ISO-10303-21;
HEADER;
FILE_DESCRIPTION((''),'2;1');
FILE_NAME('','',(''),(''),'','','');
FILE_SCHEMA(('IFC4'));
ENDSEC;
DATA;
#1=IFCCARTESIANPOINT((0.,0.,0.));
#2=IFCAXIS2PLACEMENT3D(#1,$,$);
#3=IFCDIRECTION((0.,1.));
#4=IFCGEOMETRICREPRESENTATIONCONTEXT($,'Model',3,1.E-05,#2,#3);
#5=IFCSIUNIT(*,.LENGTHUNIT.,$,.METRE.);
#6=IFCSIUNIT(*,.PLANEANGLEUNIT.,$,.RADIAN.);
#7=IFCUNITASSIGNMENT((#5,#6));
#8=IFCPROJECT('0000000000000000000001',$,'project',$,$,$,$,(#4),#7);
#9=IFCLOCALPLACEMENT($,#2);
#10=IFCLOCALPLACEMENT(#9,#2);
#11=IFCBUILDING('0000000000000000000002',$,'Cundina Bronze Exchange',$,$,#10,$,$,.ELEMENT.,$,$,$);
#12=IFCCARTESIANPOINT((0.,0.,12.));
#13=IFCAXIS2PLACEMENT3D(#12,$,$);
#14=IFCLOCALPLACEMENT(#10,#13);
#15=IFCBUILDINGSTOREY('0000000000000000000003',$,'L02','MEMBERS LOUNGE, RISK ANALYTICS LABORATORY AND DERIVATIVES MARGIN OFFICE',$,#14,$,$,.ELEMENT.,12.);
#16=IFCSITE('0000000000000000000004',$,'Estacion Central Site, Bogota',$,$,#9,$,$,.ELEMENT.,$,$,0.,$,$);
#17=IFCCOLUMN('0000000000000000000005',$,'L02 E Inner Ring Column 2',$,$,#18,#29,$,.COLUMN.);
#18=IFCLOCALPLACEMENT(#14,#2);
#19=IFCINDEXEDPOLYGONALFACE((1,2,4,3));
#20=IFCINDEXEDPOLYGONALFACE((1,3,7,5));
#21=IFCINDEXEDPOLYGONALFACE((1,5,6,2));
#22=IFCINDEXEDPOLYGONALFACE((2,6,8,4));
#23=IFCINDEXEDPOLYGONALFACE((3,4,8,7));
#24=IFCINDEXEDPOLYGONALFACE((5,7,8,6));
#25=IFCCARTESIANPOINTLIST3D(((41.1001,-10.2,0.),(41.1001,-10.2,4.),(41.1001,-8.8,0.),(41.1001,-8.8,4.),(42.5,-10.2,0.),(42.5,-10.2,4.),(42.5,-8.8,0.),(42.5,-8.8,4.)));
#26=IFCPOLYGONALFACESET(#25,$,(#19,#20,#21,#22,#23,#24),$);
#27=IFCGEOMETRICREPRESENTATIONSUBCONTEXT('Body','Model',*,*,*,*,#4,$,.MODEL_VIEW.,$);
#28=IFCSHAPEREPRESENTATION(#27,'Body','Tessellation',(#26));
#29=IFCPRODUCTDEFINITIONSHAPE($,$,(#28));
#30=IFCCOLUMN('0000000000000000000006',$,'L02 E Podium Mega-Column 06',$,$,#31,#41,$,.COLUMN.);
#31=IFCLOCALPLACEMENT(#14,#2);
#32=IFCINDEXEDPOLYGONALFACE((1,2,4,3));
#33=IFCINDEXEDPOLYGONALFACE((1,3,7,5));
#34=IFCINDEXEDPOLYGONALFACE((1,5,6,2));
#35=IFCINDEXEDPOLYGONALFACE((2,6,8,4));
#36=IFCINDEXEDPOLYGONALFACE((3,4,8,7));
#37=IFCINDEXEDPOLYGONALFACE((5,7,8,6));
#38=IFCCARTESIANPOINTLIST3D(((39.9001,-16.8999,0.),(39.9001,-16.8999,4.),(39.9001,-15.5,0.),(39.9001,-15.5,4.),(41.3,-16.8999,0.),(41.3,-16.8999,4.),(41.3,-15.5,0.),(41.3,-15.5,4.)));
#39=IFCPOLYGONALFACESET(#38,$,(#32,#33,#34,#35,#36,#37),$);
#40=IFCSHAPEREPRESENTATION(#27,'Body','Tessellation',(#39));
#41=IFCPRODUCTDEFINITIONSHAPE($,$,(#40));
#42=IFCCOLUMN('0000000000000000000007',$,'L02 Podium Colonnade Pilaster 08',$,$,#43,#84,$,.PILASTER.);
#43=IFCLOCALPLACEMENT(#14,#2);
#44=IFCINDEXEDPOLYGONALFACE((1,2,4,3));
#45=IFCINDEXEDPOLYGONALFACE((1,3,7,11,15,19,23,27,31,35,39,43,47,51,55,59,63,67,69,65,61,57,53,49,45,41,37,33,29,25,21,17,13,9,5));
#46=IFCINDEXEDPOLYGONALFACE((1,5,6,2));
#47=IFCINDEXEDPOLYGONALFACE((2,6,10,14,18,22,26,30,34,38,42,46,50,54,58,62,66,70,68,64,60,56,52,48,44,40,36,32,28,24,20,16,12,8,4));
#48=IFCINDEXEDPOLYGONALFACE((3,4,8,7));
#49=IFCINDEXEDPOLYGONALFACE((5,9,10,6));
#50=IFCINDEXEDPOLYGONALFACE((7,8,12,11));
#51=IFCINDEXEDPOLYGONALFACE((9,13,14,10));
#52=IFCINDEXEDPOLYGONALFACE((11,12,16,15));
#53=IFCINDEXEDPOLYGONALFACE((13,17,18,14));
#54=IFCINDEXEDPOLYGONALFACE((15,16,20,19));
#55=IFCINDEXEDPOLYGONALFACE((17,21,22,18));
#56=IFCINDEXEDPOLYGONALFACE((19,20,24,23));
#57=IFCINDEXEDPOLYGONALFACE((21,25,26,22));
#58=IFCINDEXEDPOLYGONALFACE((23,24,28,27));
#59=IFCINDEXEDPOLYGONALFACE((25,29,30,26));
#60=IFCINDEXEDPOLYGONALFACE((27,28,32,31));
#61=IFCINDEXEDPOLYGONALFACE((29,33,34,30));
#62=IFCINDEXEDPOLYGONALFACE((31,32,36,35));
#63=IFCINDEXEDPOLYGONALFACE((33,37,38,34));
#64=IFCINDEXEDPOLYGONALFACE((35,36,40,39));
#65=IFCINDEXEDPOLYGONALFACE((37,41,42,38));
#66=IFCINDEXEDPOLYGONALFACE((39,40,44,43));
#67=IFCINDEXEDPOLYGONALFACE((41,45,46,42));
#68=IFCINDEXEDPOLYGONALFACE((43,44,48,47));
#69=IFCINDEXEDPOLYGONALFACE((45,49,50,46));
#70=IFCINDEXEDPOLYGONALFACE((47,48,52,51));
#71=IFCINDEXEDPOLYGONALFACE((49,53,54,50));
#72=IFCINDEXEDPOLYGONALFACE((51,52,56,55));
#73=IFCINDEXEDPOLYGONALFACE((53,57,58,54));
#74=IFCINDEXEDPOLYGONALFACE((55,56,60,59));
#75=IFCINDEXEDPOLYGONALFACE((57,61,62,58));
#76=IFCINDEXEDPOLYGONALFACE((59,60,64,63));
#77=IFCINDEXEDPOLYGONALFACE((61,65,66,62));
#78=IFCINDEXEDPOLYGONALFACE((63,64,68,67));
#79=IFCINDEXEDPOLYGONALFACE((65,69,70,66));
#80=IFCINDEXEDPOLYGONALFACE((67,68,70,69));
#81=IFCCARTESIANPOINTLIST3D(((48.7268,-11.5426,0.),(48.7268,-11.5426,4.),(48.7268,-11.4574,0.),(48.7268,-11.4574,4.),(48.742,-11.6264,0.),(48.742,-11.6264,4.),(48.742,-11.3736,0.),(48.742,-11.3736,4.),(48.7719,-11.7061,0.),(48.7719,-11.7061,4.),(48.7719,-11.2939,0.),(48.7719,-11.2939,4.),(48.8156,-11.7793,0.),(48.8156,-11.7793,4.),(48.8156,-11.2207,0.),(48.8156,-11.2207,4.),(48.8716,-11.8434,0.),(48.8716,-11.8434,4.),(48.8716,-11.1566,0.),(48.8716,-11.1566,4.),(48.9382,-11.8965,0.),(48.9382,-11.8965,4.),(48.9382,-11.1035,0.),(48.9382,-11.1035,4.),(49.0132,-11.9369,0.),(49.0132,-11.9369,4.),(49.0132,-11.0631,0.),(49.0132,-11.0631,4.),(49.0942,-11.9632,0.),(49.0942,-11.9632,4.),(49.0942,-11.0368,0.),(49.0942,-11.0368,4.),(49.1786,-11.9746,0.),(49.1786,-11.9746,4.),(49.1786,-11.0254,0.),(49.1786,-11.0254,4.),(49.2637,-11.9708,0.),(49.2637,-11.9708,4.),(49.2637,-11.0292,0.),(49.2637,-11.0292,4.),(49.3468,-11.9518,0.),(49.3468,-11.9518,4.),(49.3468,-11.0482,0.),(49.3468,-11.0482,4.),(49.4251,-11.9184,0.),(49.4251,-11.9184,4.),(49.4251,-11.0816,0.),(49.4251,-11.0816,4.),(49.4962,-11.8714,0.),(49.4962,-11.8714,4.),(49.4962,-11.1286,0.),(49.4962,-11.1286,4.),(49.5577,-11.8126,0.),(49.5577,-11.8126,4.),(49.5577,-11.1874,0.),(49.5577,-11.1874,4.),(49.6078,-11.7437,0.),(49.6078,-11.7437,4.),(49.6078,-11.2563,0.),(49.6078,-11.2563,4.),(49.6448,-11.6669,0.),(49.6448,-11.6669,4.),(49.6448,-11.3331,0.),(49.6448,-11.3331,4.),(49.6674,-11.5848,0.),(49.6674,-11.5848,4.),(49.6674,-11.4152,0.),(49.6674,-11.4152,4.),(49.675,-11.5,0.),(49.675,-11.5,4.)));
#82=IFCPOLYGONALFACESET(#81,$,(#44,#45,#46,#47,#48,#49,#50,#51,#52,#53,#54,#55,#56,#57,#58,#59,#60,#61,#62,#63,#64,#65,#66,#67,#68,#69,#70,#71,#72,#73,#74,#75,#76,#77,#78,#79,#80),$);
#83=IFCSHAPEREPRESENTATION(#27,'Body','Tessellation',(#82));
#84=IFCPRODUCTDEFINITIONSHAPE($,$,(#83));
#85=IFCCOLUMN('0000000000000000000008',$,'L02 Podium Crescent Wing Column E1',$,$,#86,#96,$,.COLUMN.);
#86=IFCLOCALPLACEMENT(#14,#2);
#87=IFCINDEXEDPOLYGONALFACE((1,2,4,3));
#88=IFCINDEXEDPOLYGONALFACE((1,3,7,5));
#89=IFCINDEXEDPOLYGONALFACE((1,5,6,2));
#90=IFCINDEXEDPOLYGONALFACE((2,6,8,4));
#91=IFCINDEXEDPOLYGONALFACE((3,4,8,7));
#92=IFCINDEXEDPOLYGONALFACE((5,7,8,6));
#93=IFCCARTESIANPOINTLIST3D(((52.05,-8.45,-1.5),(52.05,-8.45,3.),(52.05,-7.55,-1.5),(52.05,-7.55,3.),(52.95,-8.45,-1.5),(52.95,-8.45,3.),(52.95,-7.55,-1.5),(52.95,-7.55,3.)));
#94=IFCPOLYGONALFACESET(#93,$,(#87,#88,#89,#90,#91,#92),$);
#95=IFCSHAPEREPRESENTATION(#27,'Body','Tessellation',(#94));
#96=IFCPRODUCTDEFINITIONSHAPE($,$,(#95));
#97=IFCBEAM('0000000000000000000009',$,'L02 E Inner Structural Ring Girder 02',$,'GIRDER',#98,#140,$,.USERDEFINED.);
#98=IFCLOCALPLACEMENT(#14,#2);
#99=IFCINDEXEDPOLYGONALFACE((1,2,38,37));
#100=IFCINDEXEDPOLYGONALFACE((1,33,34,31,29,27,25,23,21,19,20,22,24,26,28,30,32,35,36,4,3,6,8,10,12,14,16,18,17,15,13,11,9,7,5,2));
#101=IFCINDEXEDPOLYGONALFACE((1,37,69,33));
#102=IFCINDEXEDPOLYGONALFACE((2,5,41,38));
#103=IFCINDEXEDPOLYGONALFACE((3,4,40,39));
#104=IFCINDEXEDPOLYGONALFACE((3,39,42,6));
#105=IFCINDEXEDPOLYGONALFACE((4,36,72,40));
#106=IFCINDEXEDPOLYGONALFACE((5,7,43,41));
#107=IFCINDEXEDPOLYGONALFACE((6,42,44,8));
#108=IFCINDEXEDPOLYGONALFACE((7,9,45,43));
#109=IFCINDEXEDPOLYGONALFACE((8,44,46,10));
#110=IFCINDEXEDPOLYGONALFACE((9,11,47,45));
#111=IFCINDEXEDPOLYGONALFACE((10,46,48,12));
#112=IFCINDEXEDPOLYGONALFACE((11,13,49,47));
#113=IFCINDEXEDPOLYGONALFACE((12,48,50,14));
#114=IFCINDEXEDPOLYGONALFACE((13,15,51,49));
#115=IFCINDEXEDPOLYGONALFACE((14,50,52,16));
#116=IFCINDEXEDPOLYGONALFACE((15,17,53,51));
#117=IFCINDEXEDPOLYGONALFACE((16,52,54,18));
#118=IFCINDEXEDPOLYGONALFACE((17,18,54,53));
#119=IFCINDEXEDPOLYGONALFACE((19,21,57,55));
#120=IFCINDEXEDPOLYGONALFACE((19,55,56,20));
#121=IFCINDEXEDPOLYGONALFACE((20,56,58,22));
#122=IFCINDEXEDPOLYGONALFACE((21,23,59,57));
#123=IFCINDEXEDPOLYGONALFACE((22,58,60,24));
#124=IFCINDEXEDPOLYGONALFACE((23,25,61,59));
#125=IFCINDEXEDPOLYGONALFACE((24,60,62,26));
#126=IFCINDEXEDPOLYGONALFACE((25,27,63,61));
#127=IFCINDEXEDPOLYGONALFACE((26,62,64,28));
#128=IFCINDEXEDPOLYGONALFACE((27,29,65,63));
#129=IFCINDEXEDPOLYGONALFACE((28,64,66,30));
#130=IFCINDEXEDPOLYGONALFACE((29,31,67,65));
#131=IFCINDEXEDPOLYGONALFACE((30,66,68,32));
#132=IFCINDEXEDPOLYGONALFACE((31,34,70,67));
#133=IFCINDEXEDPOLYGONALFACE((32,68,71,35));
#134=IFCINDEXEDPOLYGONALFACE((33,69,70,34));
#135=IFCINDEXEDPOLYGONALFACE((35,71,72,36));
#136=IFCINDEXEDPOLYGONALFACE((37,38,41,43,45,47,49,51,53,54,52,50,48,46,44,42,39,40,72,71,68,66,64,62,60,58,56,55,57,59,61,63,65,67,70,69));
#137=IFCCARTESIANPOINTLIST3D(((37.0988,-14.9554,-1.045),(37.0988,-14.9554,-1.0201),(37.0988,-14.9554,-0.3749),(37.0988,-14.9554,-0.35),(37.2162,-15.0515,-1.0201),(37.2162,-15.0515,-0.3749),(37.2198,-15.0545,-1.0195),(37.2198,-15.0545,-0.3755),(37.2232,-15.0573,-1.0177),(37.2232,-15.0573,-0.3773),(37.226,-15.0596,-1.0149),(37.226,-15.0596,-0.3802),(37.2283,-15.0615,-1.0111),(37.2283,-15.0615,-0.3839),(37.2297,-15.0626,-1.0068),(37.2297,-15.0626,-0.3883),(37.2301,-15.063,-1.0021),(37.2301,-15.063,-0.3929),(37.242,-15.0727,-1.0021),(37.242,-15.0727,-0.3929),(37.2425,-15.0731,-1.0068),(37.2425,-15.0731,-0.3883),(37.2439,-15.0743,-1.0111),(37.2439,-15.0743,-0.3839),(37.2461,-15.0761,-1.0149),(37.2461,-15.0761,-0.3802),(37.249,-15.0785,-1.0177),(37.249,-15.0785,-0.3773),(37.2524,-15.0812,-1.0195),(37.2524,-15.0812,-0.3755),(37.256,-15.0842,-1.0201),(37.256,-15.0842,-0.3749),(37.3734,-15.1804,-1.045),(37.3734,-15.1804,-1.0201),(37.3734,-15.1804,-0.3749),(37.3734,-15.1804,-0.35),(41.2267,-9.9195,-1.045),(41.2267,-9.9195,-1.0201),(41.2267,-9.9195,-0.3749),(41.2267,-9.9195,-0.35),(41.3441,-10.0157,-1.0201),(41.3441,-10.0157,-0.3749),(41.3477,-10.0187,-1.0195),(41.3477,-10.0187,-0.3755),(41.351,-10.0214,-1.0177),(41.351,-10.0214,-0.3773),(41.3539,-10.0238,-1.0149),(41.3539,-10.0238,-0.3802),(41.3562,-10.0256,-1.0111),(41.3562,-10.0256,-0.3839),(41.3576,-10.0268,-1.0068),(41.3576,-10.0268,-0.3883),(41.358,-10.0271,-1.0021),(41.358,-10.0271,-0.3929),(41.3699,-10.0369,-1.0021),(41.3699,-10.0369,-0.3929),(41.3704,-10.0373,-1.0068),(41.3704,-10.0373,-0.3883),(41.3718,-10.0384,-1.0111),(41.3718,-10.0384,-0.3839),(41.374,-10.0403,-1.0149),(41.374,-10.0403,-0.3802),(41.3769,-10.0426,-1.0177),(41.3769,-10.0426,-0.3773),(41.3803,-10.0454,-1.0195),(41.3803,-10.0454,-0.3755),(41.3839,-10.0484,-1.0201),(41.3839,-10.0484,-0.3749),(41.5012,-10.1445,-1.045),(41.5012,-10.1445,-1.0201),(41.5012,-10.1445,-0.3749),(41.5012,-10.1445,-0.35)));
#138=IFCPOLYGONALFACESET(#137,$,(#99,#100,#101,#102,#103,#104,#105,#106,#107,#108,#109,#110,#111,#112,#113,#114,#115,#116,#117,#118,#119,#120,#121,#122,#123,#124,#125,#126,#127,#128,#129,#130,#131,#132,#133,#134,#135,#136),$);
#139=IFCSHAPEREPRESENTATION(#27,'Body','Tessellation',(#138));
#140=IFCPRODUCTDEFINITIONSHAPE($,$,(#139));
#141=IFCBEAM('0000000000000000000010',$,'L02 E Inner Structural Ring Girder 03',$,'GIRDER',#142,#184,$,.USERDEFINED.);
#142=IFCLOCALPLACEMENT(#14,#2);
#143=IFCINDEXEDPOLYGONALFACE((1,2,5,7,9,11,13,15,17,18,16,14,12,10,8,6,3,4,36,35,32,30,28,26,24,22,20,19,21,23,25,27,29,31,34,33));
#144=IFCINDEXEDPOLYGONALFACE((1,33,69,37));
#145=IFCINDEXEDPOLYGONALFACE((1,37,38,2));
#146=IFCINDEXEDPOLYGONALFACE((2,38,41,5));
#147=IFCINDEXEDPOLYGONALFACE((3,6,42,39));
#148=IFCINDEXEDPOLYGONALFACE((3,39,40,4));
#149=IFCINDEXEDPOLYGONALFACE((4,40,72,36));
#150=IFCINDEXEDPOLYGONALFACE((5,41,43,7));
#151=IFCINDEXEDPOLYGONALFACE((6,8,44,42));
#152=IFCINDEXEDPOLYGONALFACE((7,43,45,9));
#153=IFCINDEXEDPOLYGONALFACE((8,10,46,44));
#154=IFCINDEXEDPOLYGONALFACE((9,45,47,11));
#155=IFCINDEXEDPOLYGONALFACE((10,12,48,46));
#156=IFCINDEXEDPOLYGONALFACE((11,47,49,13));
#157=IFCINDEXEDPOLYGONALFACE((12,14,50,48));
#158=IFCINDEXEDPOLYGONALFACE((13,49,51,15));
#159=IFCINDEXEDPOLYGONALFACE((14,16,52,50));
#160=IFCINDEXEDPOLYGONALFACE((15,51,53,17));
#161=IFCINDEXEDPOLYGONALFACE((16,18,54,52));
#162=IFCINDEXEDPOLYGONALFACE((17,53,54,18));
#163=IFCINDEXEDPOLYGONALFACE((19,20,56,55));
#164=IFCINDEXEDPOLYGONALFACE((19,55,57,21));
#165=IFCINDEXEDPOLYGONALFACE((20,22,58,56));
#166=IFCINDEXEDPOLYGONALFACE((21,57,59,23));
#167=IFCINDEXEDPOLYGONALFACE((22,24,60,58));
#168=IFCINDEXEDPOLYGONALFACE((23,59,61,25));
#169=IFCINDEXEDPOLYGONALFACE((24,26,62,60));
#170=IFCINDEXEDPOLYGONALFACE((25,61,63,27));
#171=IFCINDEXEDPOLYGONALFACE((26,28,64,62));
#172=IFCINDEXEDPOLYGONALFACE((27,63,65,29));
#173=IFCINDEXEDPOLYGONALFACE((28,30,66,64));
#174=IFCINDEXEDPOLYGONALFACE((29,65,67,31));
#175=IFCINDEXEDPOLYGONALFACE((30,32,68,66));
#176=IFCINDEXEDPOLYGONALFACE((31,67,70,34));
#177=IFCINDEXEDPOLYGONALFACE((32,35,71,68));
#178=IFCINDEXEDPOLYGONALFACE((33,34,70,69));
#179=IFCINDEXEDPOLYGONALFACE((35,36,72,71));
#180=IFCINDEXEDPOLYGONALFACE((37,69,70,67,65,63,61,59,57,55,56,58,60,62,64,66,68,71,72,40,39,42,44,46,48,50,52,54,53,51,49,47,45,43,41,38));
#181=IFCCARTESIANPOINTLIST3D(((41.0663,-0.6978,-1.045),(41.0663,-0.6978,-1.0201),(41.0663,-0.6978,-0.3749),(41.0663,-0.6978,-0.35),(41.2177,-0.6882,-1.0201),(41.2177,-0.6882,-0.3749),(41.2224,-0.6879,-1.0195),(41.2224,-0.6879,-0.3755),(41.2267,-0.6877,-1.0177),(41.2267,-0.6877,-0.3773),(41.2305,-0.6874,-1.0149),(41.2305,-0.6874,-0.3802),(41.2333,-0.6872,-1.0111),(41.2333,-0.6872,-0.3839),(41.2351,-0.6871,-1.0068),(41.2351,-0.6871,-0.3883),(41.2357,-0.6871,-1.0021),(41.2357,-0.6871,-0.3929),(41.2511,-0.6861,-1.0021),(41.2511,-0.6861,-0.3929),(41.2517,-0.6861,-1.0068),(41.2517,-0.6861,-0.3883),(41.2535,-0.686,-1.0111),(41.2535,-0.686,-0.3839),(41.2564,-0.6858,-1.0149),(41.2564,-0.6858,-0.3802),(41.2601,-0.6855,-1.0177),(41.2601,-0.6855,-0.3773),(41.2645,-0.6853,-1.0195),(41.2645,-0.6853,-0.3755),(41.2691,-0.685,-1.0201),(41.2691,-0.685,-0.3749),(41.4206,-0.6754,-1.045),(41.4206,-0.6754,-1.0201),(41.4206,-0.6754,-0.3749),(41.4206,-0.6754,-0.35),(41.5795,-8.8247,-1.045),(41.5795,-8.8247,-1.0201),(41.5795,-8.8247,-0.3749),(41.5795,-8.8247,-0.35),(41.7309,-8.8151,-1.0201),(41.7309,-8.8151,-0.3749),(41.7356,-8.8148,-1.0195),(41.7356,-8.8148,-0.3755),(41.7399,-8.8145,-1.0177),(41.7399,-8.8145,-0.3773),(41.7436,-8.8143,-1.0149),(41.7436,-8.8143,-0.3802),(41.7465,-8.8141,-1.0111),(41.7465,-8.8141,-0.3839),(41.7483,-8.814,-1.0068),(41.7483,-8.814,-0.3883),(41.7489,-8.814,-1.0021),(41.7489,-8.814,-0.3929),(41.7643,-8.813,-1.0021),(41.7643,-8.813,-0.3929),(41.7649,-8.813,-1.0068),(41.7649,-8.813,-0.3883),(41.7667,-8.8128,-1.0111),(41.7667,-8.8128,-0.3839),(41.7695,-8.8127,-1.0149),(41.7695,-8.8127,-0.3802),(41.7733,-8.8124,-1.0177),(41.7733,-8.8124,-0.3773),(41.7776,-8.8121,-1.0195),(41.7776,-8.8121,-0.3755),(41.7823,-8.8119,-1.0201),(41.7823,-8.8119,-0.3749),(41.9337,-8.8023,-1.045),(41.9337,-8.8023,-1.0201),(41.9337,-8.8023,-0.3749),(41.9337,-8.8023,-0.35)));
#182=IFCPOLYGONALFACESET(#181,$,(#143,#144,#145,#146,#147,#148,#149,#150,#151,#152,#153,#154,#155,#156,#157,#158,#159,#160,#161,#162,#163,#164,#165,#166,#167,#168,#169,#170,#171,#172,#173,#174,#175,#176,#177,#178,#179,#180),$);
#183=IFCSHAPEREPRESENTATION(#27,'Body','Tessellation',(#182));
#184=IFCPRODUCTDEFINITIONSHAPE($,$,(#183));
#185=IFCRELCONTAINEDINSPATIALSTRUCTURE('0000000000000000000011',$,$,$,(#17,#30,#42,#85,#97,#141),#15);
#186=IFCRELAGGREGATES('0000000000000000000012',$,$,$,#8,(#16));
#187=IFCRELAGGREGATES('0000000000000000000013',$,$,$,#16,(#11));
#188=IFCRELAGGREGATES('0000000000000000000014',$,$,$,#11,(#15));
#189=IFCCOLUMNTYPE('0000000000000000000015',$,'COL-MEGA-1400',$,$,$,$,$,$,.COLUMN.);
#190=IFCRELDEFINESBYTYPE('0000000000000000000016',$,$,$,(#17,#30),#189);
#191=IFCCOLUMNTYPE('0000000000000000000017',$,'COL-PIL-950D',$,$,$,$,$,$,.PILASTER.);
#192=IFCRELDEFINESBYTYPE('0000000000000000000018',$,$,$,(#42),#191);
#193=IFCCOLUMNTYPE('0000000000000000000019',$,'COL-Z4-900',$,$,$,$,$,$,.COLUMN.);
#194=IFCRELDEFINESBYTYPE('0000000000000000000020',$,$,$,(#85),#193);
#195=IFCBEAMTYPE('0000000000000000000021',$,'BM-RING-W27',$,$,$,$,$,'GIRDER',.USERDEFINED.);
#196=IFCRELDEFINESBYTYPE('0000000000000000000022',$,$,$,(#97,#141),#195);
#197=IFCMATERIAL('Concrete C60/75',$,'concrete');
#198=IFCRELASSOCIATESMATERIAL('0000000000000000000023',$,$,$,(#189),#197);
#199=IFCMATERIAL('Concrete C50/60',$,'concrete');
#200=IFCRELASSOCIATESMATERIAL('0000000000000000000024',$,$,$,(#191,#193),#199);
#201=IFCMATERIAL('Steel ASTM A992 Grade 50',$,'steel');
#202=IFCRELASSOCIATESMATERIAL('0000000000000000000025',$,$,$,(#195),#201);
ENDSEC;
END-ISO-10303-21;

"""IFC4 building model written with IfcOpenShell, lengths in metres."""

from ifc_helpers import new_model, si_unit, direction, frame, origin, origin_2d, place, context, subcontext, project, spatial, rectangle, circle, i_section, extrude, material, material_profile, profile_set, type_object, element, save


model = new_model("IFC4")

# Units and contexts
model_context = context("Model", 3, precision=1e-05, world=origin(), true_north=direction((0.0, 1.0)))
body_context = subcontext(model_context, "Body", "Model", "MODEL_VIEW")
ifc_project = project(units=[si_unit("LENGTHUNIT", "METRE"), si_unit("PLANEANGLEUNIT", "RADIAN")], contexts=[model_context])

# Site, building, storey
site_placement = place(None, origin())
site = spatial("IfcSite", under=ifc_project, at=site_placement, Name="Estacion Central Site, Bogota", CompositionType="ELEMENT", RefElevation=0.0)
building_placement = place(site_placement, origin())
building = spatial("IfcBuilding", under=site, at=building_placement, Name="Cundina Bronze Exchange", CompositionType="ELEMENT")
storey_placement = place(building_placement, frame((0.0, 0.0, 12.0)))
storey = spatial("IfcBuildingStorey", under=building, at=storey_placement, Name="L02", Description="MEMBERS LOUNGE, RISK ANALYTICS LABORATORY AND DERIVATIVES MARGIN OFFICE", CompositionType="ELEMENT", Elevation=12.0)

# Columns
ifc_material_1 = material(Name="Concrete C60/75", Category="concrete")
ifc_material_profile_1 = material_profile(ifc_material_1, rectangle(XDim=1.3999, YDim=1.3999, at=origin_2d()), Name="RC1400X1400", Category="concrete")
ifc_profile_set_1 = profile_set([ifc_material_profile_1], Name="Concrete C60/75")
column_type_1 = type_object("IfcColumnType", Name="COL-MEGA-1400", PredefinedType="COLUMN", material=ifc_profile_set_1)
for number, where, z_axis, x_axis, name in (
    (1, (41.8, -9.5, 0.0), (0.0, 0.0, 1.0), (1.0, 0.0, 0.0), "L02 E Inner Ring Column 2"),
    (2, (40.6001, -16.2, 0.0), (0.0, 0.0, 1.0), (1.0, 0.0, 0.0), "L02 E Podium Mega-Column 06"),
):
    element("IfcColumn", number, at=place(storey_placement, frame(where, z_axis=z_axis, x_axis=x_axis)), inside=storey, type_object=column_type_1, Name=name, PredefinedType="COLUMN", context=body_context, shape_type="SweptSolid", body=[
        extrude(rectangle(XDim=1.3999, YDim=1.3999, at=origin_2d()), origin(), (0.0, 0.0, 1.0), 4.0),
    ])
ifc_material_2 = material(Name="Concrete C50/60", Category="concrete")
ifc_material_profile_2 = material_profile(ifc_material_2, circle(Radius=0.4751, at=origin_2d()), Name="RC950D", Category="concrete")
ifc_profile_set_2 = profile_set([ifc_material_profile_2], Name="Concrete C50/60")
column_type_2 = type_object("IfcColumnType", Name="COL-PIL-950D", PredefinedType="PILASTER", material=ifc_profile_set_2)
column_1_placement = place(storey_placement, frame((49.2, -11.5, 0.0), z_axis=(0.0, 0.0, 1.0), x_axis=(1.0, 0.0, 0.0)))
element("IfcColumn", 3, at=column_1_placement, inside=storey, type_object=column_type_2, Name="L02 Podium Colonnade Pilaster 08", PredefinedType="PILASTER", context=body_context, shape_type="SweptSolid", body=[
    extrude(circle(Radius=0.4751, at=origin_2d()), origin(), (0.0, 0.0, 1.0), 4.0),
])
ifc_material_profile_3 = material_profile(ifc_material_2, rectangle(XDim=0.8999, YDim=0.8999, at=origin_2d()), Name="RC900X900", Category="concrete")
ifc_profile_set_3 = profile_set([ifc_material_profile_3], Name="Concrete C50/60")
column_type_3 = type_object("IfcColumnType", Name="COL-Z4-900", PredefinedType="COLUMN", material=ifc_profile_set_3)
column_2_placement = place(storey_placement, frame((52.5, -8.0, -1.5), z_axis=(0.0, 0.0, 1.0), x_axis=(1.0, 0.0, 0.0)))
element("IfcColumn", 4, at=column_2_placement, inside=storey, type_object=column_type_3, Name="L02 Podium Crescent Wing Column E1", PredefinedType="COLUMN", context=body_context, shape_type="SweptSolid", body=[
    extrude(rectangle(XDim=0.8999, YDim=0.8999, at=origin_2d()), origin(), (0.0, 0.0, 1.0), 4.5),
])

# Beams
ifc_material_3 = material(Name="Steel ASTM A992 Grade 50", Category="steel")
ifc_material_profile_4 = material_profile(ifc_material_3, i_section(OverallWidth=0.355, OverallDepth=0.6951, WebThickness=0.0154, FlangeThickness=0.0249, FilletRadius=0.0181, at=origin_2d()), Name="W27X146", Category="steel")
ifc_profile_set_4 = profile_set([ifc_material_profile_4], Name="Steel ASTM A992 Grade 50")
beam_type_1 = type_object("IfcBeamType", Name="BM-RING-W27", ElementType="GIRDER", PredefinedType="USERDEFINED", material=ifc_profile_set_4)
beam_1_placement = place(storey_placement, frame((37.2361, -15.0679, -0.6975), z_axis=(0.633942, 0.773381, 0.0), x_axis=(-0.773381, 0.633942, 0.0)))
element("IfcBeam", 5, at=beam_1_placement, inside=storey, type_object=beam_type_1, Name="L02 E Inner Structural Ring Girder 02", ObjectType="GIRDER", PredefinedType="USERDEFINED", context=body_context, shape_type="SweptSolid", body=[
    extrude(i_section(OverallWidth=0.355, OverallDepth=0.6951, WebThickness=0.0154, FlangeThickness=0.0249, FilletRadius=0.0181, at=origin_2d()), origin(), (0.0, 0.0, 1.0), 6.5115),
])
beam_2_placement = place(storey_placement, frame((41.7566, -8.8135, -0.6975), z_axis=(-0.06302, 0.998012, 0.0), x_axis=(-0.998012, -0.06302, 0.0)))
element("IfcBeam", 6, at=beam_2_placement, inside=storey, type_object=beam_type_1, Name="L02 E Inner Structural Ring Girder 03", ObjectType="GIRDER", PredefinedType="USERDEFINED", context=body_context, shape_type="SweptSolid", body=[
    extrude(i_section(OverallWidth=0.355, OverallDepth=0.6951, WebThickness=0.0154, FlangeThickness=0.0249, FilletRadius=0.0181, at=origin_2d()), origin(), (0.0, 0.0, 1.0), 8.1431),
])

save(model, "model.ifc")
